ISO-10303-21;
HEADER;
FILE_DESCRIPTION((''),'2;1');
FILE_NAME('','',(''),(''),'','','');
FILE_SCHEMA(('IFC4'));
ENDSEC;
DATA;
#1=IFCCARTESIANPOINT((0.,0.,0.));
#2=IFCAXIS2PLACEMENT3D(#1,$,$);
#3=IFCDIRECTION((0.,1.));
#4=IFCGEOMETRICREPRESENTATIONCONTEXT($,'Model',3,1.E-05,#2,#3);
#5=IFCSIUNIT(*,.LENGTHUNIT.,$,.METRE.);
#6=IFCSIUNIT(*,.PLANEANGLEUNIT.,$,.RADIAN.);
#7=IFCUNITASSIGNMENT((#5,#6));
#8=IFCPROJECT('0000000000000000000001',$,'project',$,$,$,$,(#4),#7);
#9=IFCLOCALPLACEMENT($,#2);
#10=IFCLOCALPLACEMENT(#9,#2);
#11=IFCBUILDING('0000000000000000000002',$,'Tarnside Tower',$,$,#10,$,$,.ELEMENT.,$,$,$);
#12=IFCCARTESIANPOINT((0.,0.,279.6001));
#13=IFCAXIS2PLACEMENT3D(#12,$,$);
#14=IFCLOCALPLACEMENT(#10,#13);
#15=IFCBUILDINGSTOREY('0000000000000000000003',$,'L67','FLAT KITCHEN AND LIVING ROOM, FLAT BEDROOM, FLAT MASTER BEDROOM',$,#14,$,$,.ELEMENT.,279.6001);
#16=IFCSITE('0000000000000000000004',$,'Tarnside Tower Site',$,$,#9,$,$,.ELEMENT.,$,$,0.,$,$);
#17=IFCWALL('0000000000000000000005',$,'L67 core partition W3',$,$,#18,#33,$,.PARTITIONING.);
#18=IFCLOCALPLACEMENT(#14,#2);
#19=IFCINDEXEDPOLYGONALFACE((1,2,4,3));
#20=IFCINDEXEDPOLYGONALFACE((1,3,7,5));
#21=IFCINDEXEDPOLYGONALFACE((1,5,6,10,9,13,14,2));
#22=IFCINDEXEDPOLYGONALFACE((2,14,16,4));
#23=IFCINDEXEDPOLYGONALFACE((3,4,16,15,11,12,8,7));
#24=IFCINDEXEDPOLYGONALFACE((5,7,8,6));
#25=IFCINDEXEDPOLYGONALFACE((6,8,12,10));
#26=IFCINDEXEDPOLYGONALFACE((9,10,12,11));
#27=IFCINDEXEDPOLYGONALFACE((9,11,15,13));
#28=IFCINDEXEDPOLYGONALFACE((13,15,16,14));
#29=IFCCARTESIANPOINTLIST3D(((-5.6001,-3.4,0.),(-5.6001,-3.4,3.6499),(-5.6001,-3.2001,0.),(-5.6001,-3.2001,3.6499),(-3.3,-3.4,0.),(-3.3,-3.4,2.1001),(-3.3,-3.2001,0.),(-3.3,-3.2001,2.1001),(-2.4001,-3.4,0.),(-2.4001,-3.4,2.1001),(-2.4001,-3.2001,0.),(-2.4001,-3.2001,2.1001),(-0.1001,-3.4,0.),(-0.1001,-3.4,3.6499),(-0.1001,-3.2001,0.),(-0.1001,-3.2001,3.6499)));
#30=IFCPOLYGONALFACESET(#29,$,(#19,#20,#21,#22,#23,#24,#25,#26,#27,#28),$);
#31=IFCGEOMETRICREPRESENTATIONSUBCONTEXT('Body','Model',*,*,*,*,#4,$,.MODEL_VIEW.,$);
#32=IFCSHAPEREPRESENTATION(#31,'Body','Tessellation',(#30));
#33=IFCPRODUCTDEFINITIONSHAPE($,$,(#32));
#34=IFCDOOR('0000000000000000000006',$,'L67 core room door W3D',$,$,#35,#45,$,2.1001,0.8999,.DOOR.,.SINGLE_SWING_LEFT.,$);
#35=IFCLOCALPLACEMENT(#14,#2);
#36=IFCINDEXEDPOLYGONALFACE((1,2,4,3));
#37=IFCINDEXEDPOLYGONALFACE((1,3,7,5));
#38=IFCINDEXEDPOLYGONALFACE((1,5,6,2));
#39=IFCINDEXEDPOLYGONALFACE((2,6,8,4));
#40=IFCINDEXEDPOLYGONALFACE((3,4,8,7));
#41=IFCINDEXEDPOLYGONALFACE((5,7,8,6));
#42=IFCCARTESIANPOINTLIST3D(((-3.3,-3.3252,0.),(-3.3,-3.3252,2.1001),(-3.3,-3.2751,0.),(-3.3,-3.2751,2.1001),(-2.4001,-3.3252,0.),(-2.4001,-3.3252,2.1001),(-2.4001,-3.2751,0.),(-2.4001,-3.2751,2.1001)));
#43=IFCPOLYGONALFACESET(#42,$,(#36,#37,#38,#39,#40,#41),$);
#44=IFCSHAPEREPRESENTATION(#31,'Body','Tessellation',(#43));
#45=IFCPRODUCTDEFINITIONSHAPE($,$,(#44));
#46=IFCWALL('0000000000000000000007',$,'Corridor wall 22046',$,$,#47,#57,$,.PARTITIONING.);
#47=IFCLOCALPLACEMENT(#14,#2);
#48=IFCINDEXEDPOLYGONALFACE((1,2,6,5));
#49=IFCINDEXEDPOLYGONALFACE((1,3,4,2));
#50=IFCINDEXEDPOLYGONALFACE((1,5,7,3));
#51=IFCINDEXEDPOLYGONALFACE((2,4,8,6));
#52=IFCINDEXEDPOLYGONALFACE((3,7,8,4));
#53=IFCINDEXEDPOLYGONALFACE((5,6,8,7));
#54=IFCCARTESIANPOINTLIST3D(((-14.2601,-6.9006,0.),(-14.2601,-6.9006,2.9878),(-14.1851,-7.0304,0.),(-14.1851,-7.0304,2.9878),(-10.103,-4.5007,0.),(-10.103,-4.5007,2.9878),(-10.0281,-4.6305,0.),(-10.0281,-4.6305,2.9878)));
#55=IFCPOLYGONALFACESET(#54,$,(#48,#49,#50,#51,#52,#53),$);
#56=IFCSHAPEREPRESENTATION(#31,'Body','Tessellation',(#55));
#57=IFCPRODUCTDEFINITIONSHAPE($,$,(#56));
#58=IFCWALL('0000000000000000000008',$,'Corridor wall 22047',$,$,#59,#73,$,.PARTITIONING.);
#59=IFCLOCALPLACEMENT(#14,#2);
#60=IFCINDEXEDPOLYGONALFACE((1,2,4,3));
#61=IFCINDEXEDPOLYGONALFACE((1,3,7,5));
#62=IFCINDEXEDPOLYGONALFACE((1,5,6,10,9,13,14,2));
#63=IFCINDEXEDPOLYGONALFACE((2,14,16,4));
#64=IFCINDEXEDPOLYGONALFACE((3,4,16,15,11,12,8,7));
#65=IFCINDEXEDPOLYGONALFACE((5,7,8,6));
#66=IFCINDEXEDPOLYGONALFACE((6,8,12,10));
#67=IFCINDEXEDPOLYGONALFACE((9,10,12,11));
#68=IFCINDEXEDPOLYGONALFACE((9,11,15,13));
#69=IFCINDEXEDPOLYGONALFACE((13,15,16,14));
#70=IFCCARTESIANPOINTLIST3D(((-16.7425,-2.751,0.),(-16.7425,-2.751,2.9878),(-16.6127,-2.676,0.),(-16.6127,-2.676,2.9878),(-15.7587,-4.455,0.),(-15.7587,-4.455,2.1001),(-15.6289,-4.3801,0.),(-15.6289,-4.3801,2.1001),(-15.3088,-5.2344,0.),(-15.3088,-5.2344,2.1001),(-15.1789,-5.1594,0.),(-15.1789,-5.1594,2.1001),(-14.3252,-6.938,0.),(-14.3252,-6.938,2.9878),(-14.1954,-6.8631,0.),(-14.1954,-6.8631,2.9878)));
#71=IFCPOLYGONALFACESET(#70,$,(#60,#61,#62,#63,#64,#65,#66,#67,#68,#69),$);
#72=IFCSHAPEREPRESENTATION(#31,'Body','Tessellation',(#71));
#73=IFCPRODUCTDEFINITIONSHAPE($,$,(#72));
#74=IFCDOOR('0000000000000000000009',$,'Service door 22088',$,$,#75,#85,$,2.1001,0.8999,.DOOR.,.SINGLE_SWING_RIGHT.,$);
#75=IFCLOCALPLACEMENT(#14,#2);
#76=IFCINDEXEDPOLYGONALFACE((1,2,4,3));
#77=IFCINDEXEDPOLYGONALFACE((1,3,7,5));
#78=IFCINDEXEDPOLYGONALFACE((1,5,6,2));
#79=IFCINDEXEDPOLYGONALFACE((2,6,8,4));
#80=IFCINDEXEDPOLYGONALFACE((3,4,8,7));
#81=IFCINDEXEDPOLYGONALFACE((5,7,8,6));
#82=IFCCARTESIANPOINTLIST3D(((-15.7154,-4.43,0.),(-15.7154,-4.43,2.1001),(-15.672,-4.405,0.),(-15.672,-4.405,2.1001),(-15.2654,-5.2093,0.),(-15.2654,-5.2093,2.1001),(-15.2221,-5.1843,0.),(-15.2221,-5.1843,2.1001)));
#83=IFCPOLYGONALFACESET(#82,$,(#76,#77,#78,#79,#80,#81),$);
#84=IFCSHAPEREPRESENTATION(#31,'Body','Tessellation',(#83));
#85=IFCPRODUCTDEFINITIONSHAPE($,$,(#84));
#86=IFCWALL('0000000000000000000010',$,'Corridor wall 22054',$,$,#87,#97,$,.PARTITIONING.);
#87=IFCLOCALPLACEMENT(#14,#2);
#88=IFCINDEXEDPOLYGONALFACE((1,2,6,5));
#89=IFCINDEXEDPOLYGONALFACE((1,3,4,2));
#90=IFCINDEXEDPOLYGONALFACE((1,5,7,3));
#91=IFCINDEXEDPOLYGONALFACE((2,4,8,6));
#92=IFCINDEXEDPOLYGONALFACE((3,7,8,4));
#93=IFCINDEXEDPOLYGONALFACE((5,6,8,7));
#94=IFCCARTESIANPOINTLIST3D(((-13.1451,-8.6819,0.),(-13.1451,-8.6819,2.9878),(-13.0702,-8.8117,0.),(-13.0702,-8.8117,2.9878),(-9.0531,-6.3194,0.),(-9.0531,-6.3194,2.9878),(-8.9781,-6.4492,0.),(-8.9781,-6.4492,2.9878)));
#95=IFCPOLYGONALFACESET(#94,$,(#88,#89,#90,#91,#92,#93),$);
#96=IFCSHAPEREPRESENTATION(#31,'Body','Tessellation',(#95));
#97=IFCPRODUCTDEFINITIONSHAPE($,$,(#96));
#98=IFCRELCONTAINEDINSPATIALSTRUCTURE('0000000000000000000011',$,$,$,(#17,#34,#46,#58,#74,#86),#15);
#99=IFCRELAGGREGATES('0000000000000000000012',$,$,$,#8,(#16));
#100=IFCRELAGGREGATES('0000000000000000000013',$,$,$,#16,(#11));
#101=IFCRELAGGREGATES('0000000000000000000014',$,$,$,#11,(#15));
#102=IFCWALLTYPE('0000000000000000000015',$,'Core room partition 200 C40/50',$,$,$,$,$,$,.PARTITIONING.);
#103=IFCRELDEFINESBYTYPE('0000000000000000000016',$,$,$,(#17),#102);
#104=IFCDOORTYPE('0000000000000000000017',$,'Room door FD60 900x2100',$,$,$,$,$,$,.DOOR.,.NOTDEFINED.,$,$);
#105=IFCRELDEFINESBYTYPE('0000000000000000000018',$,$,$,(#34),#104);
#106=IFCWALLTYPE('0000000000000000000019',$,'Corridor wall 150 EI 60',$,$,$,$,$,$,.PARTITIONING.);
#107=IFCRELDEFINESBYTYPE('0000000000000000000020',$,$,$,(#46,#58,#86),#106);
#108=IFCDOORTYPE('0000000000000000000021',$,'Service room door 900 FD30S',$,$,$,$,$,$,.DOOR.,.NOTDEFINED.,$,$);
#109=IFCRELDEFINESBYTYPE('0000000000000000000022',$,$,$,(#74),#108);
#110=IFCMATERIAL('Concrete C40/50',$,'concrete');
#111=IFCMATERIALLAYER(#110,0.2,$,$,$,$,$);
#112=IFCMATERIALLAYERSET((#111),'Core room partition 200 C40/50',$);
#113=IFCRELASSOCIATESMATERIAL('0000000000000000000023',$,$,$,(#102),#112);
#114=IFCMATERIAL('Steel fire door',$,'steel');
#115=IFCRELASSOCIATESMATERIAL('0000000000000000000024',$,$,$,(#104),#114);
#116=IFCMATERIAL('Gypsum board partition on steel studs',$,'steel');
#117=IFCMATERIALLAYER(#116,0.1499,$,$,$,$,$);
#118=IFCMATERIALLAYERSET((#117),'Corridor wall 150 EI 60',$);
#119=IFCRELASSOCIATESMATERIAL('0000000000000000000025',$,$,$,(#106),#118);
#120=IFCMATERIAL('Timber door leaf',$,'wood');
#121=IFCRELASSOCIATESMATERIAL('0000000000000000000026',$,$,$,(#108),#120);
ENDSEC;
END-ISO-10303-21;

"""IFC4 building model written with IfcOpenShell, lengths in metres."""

from ifc_helpers import new_model, si_unit, direction, frame, frame_2d, origin, place, context, subcontext, project, spatial, rectangle, extrude, material, layer, layer_set, type_object, element, fill, save


model = new_model("IFC4")

# Units and contexts
model_context = context("Model", 3, precision=1e-05, world=origin(), true_north=direction((0.0, 1.0)))
body_context = subcontext(model_context, "Body", "Model", "MODEL_VIEW")
ifc_project = project(units=[si_unit("LENGTHUNIT", "METRE"), si_unit("PLANEANGLEUNIT", "RADIAN")], contexts=[model_context])

# Site, building, storey
site_placement = place(None, origin())
site = spatial("IfcSite", under=ifc_project, at=site_placement, Name="Tarnside Tower Site", CompositionType="ELEMENT", RefElevation=0.0)
building_placement = place(site_placement, origin())
building = spatial("IfcBuilding", under=site, at=building_placement, Name="Tarnside Tower", CompositionType="ELEMENT")
storey_placement = place(building_placement, frame((0.0, 0.0, 279.6001)))
storey = spatial("IfcBuildingStorey", under=building, at=storey_placement, Name="L67", Description="FLAT KITCHEN AND LIVING ROOM, FLAT BEDROOM, FLAT MASTER BEDROOM", CompositionType="ELEMENT", Elevation=279.6001)

# Wall, opening, door
ifc_material_1 = material(Name="Concrete C40/50", Category="concrete")
ifc_layer_1 = layer(ifc_material_1, 0.2)
ifc_layer_set_1 = layer_set([ifc_layer_1], Name="Core room partition 200 C40/50")
wall_type_1 = type_object("IfcWallType", Name="Core room partition 200 C40/50", PredefinedType="PARTITIONING", material=ifc_layer_set_1)
wall_1_placement = place(storey_placement, frame((-5.6001, -3.3, 0.0), z_axis=(0.0, 0.0, 1.0), x_axis=(1.0, 0.0, 0.0)))
wall_1 = element("IfcWall", 1, at=wall_1_placement, inside=storey, type_object=wall_type_1, Name="L67 core partition W3", PredefinedType="PARTITIONING", context=body_context, shape_type="SweptSolid", body=[
    extrude(rectangle(XDim=5.5, YDim=0.2, at=frame_2d((2.75, 0.0))), origin(), (0.0, 0.0, 1.0), 3.6499),
])
opening_1_placement = place(wall_1_placement, frame((2.3, 0.0, 0.0)))
opening_1 = element("IfcOpeningElement", 2, at=opening_1_placement, cuts=wall_1, PredefinedType="OPENING", context=body_context, shape_type="SweptSolid", body=[
    extrude(rectangle(XDim=0.8999, YDim=2.1001, at=frame_2d((0.45, 1.05))), frame((0.0, 0.1099, 0.0), z_axis=(0.0, -1.0, 0.0), x_axis=(1.0, 0.0, 0.0)), (0.0, 0.0, 1.0), 0.22),
])
ifc_material_2 = material(Name="Steel fire door", Category="steel")
door_type_1 = type_object("IfcDoorType", Name="Room door FD60 900x2100", OperationType="NOTDEFINED", PredefinedType="DOOR", material=ifc_material_2)
door_1_placement = place(opening_1_placement, origin())
door_1 = element("IfcDoor", 3, at=door_1_placement, inside=storey, type_object=door_type_1, Name="L67 core room door W3D", OperationType="SINGLE_SWING_LEFT", OverallHeight=2.1001, OverallWidth=0.8999, PredefinedType="DOOR", context=body_context, shape_type="SweptSolid", body=[
    extrude(rectangle(XDim=0.8999, YDim=2.1001, at=frame_2d((0.45, 1.05))), frame((0.0, 0.0249, 0.0), z_axis=(0.0, -1.0, 0.0), x_axis=(1.0, 0.0, 0.0)), (0.0, 0.0, 1.0), 0.05),
])
fill(opening_1, door_1)

# Wall
ifc_material_3 = material(Name="Gypsum board partition on steel studs", Category="steel")
ifc_layer_2 = layer(ifc_material_3, 0.1499)
ifc_layer_set_2 = layer_set([ifc_layer_2], Name="Corridor wall 150 EI 60")
wall_type_2 = type_object("IfcWallType", Name="Corridor wall 150 EI 60", PredefinedType="PARTITIONING", material=ifc_layer_set_2)
wall_2_placement = place(storey_placement, frame((-10.0657, -4.5657, 0.0), z_axis=(0.0, 0.0, 1.0), x_axis=(-0.866037, -0.499979, 0.0)))
element("IfcWall", 4, at=wall_2_placement, inside=storey, type_object=wall_type_2, Name="Corridor wall 22046", PredefinedType="PARTITIONING", context=body_context, shape_type="SweptSolid", body=[
    extrude(rectangle(XDim=4.8, YDim=0.1499, at=frame_2d((2.3999, 0.0))), origin(), (0.0, 0.0, 1.0), 2.9878),
])

# Wall, opening, door
wall_3_placement = place(storey_placement, frame((-14.2603, -6.9006, 0.0), z_axis=(0.0, 0.0, 1.0), x_axis=(-0.499979, 0.866038, 0.0)))
wall_3 = element("IfcWall", 5, at=wall_3_placement, inside=storey, type_object=wall_type_2, Name="Corridor wall 22047", PredefinedType="PARTITIONING", context=body_context, shape_type="SweptSolid", body=[
    extrude(rectangle(XDim=4.8347, YDim=0.1499, at=frame_2d((2.4175, 0.0))), origin(), (0.0, 0.0, 1.0), 2.9878),
])
opening_2_placement = place(wall_3_placement, frame((1.9673, 0.0, 0.0)))
opening_2 = element("IfcOpeningElement", 6, at=opening_2_placement, cuts=wall_3, PredefinedType="OPENING", context=body_context, shape_type="SweptSolid", body=[
    extrude(rectangle(XDim=0.8999, YDim=2.1001, at=frame_2d((0.45, 1.05))), frame((0.0, 0.085, 0.0), z_axis=(0.0, -1.0, 0.0), x_axis=(1.0, 0.0, 0.0)), (0.0, 0.0, 1.0), 0.1699),
])
ifc_material_4 = material(Name="Timber door leaf", Category="wood")
door_type_2 = type_object("IfcDoorType", Name="Service room door 900 FD30S", OperationType="NOTDEFINED", PredefinedType="DOOR", material=ifc_material_4)
door_2_placement = place(opening_2_placement, origin())
door_2 = element("IfcDoor", 7, at=door_2_placement, inside=storey, type_object=door_type_2, Name="Service door 22088", OperationType="SINGLE_SWING_RIGHT", OverallHeight=2.1001, OverallWidth=0.8999, PredefinedType="DOOR", context=body_context, shape_type="SweptSolid", body=[
    extrude(rectangle(XDim=0.8999, YDim=2.1001, at=frame_2d((0.45, 1.05))), frame((0.0, 0.0249, 0.0), z_axis=(0.0, -1.0, 0.0), x_axis=(1.0, 0.0, 0.0)), (0.0, 0.0, 1.0), 0.05),
])
fill(opening_2, door_2)

# Wall
wall_4_placement = place(storey_placement, frame((-13.1077, -8.7468, 0.0), z_axis=(0.0, 0.0, 1.0), x_axis=(0.866025, 0.500001, 0.0)))
element("IfcWall", 8, at=wall_4_placement, inside=storey, type_object=wall_type_2, Name="Corridor wall 22054", PredefinedType="PARTITIONING", context=body_context, shape_type="SweptSolid", body=[
    extrude(rectangle(XDim=4.7251, YDim=0.1499, at=frame_2d((2.3625, 0.0))), origin(), (0.0, 0.0, 1.0), 2.9878),
])

save(model, "model.ifc")
